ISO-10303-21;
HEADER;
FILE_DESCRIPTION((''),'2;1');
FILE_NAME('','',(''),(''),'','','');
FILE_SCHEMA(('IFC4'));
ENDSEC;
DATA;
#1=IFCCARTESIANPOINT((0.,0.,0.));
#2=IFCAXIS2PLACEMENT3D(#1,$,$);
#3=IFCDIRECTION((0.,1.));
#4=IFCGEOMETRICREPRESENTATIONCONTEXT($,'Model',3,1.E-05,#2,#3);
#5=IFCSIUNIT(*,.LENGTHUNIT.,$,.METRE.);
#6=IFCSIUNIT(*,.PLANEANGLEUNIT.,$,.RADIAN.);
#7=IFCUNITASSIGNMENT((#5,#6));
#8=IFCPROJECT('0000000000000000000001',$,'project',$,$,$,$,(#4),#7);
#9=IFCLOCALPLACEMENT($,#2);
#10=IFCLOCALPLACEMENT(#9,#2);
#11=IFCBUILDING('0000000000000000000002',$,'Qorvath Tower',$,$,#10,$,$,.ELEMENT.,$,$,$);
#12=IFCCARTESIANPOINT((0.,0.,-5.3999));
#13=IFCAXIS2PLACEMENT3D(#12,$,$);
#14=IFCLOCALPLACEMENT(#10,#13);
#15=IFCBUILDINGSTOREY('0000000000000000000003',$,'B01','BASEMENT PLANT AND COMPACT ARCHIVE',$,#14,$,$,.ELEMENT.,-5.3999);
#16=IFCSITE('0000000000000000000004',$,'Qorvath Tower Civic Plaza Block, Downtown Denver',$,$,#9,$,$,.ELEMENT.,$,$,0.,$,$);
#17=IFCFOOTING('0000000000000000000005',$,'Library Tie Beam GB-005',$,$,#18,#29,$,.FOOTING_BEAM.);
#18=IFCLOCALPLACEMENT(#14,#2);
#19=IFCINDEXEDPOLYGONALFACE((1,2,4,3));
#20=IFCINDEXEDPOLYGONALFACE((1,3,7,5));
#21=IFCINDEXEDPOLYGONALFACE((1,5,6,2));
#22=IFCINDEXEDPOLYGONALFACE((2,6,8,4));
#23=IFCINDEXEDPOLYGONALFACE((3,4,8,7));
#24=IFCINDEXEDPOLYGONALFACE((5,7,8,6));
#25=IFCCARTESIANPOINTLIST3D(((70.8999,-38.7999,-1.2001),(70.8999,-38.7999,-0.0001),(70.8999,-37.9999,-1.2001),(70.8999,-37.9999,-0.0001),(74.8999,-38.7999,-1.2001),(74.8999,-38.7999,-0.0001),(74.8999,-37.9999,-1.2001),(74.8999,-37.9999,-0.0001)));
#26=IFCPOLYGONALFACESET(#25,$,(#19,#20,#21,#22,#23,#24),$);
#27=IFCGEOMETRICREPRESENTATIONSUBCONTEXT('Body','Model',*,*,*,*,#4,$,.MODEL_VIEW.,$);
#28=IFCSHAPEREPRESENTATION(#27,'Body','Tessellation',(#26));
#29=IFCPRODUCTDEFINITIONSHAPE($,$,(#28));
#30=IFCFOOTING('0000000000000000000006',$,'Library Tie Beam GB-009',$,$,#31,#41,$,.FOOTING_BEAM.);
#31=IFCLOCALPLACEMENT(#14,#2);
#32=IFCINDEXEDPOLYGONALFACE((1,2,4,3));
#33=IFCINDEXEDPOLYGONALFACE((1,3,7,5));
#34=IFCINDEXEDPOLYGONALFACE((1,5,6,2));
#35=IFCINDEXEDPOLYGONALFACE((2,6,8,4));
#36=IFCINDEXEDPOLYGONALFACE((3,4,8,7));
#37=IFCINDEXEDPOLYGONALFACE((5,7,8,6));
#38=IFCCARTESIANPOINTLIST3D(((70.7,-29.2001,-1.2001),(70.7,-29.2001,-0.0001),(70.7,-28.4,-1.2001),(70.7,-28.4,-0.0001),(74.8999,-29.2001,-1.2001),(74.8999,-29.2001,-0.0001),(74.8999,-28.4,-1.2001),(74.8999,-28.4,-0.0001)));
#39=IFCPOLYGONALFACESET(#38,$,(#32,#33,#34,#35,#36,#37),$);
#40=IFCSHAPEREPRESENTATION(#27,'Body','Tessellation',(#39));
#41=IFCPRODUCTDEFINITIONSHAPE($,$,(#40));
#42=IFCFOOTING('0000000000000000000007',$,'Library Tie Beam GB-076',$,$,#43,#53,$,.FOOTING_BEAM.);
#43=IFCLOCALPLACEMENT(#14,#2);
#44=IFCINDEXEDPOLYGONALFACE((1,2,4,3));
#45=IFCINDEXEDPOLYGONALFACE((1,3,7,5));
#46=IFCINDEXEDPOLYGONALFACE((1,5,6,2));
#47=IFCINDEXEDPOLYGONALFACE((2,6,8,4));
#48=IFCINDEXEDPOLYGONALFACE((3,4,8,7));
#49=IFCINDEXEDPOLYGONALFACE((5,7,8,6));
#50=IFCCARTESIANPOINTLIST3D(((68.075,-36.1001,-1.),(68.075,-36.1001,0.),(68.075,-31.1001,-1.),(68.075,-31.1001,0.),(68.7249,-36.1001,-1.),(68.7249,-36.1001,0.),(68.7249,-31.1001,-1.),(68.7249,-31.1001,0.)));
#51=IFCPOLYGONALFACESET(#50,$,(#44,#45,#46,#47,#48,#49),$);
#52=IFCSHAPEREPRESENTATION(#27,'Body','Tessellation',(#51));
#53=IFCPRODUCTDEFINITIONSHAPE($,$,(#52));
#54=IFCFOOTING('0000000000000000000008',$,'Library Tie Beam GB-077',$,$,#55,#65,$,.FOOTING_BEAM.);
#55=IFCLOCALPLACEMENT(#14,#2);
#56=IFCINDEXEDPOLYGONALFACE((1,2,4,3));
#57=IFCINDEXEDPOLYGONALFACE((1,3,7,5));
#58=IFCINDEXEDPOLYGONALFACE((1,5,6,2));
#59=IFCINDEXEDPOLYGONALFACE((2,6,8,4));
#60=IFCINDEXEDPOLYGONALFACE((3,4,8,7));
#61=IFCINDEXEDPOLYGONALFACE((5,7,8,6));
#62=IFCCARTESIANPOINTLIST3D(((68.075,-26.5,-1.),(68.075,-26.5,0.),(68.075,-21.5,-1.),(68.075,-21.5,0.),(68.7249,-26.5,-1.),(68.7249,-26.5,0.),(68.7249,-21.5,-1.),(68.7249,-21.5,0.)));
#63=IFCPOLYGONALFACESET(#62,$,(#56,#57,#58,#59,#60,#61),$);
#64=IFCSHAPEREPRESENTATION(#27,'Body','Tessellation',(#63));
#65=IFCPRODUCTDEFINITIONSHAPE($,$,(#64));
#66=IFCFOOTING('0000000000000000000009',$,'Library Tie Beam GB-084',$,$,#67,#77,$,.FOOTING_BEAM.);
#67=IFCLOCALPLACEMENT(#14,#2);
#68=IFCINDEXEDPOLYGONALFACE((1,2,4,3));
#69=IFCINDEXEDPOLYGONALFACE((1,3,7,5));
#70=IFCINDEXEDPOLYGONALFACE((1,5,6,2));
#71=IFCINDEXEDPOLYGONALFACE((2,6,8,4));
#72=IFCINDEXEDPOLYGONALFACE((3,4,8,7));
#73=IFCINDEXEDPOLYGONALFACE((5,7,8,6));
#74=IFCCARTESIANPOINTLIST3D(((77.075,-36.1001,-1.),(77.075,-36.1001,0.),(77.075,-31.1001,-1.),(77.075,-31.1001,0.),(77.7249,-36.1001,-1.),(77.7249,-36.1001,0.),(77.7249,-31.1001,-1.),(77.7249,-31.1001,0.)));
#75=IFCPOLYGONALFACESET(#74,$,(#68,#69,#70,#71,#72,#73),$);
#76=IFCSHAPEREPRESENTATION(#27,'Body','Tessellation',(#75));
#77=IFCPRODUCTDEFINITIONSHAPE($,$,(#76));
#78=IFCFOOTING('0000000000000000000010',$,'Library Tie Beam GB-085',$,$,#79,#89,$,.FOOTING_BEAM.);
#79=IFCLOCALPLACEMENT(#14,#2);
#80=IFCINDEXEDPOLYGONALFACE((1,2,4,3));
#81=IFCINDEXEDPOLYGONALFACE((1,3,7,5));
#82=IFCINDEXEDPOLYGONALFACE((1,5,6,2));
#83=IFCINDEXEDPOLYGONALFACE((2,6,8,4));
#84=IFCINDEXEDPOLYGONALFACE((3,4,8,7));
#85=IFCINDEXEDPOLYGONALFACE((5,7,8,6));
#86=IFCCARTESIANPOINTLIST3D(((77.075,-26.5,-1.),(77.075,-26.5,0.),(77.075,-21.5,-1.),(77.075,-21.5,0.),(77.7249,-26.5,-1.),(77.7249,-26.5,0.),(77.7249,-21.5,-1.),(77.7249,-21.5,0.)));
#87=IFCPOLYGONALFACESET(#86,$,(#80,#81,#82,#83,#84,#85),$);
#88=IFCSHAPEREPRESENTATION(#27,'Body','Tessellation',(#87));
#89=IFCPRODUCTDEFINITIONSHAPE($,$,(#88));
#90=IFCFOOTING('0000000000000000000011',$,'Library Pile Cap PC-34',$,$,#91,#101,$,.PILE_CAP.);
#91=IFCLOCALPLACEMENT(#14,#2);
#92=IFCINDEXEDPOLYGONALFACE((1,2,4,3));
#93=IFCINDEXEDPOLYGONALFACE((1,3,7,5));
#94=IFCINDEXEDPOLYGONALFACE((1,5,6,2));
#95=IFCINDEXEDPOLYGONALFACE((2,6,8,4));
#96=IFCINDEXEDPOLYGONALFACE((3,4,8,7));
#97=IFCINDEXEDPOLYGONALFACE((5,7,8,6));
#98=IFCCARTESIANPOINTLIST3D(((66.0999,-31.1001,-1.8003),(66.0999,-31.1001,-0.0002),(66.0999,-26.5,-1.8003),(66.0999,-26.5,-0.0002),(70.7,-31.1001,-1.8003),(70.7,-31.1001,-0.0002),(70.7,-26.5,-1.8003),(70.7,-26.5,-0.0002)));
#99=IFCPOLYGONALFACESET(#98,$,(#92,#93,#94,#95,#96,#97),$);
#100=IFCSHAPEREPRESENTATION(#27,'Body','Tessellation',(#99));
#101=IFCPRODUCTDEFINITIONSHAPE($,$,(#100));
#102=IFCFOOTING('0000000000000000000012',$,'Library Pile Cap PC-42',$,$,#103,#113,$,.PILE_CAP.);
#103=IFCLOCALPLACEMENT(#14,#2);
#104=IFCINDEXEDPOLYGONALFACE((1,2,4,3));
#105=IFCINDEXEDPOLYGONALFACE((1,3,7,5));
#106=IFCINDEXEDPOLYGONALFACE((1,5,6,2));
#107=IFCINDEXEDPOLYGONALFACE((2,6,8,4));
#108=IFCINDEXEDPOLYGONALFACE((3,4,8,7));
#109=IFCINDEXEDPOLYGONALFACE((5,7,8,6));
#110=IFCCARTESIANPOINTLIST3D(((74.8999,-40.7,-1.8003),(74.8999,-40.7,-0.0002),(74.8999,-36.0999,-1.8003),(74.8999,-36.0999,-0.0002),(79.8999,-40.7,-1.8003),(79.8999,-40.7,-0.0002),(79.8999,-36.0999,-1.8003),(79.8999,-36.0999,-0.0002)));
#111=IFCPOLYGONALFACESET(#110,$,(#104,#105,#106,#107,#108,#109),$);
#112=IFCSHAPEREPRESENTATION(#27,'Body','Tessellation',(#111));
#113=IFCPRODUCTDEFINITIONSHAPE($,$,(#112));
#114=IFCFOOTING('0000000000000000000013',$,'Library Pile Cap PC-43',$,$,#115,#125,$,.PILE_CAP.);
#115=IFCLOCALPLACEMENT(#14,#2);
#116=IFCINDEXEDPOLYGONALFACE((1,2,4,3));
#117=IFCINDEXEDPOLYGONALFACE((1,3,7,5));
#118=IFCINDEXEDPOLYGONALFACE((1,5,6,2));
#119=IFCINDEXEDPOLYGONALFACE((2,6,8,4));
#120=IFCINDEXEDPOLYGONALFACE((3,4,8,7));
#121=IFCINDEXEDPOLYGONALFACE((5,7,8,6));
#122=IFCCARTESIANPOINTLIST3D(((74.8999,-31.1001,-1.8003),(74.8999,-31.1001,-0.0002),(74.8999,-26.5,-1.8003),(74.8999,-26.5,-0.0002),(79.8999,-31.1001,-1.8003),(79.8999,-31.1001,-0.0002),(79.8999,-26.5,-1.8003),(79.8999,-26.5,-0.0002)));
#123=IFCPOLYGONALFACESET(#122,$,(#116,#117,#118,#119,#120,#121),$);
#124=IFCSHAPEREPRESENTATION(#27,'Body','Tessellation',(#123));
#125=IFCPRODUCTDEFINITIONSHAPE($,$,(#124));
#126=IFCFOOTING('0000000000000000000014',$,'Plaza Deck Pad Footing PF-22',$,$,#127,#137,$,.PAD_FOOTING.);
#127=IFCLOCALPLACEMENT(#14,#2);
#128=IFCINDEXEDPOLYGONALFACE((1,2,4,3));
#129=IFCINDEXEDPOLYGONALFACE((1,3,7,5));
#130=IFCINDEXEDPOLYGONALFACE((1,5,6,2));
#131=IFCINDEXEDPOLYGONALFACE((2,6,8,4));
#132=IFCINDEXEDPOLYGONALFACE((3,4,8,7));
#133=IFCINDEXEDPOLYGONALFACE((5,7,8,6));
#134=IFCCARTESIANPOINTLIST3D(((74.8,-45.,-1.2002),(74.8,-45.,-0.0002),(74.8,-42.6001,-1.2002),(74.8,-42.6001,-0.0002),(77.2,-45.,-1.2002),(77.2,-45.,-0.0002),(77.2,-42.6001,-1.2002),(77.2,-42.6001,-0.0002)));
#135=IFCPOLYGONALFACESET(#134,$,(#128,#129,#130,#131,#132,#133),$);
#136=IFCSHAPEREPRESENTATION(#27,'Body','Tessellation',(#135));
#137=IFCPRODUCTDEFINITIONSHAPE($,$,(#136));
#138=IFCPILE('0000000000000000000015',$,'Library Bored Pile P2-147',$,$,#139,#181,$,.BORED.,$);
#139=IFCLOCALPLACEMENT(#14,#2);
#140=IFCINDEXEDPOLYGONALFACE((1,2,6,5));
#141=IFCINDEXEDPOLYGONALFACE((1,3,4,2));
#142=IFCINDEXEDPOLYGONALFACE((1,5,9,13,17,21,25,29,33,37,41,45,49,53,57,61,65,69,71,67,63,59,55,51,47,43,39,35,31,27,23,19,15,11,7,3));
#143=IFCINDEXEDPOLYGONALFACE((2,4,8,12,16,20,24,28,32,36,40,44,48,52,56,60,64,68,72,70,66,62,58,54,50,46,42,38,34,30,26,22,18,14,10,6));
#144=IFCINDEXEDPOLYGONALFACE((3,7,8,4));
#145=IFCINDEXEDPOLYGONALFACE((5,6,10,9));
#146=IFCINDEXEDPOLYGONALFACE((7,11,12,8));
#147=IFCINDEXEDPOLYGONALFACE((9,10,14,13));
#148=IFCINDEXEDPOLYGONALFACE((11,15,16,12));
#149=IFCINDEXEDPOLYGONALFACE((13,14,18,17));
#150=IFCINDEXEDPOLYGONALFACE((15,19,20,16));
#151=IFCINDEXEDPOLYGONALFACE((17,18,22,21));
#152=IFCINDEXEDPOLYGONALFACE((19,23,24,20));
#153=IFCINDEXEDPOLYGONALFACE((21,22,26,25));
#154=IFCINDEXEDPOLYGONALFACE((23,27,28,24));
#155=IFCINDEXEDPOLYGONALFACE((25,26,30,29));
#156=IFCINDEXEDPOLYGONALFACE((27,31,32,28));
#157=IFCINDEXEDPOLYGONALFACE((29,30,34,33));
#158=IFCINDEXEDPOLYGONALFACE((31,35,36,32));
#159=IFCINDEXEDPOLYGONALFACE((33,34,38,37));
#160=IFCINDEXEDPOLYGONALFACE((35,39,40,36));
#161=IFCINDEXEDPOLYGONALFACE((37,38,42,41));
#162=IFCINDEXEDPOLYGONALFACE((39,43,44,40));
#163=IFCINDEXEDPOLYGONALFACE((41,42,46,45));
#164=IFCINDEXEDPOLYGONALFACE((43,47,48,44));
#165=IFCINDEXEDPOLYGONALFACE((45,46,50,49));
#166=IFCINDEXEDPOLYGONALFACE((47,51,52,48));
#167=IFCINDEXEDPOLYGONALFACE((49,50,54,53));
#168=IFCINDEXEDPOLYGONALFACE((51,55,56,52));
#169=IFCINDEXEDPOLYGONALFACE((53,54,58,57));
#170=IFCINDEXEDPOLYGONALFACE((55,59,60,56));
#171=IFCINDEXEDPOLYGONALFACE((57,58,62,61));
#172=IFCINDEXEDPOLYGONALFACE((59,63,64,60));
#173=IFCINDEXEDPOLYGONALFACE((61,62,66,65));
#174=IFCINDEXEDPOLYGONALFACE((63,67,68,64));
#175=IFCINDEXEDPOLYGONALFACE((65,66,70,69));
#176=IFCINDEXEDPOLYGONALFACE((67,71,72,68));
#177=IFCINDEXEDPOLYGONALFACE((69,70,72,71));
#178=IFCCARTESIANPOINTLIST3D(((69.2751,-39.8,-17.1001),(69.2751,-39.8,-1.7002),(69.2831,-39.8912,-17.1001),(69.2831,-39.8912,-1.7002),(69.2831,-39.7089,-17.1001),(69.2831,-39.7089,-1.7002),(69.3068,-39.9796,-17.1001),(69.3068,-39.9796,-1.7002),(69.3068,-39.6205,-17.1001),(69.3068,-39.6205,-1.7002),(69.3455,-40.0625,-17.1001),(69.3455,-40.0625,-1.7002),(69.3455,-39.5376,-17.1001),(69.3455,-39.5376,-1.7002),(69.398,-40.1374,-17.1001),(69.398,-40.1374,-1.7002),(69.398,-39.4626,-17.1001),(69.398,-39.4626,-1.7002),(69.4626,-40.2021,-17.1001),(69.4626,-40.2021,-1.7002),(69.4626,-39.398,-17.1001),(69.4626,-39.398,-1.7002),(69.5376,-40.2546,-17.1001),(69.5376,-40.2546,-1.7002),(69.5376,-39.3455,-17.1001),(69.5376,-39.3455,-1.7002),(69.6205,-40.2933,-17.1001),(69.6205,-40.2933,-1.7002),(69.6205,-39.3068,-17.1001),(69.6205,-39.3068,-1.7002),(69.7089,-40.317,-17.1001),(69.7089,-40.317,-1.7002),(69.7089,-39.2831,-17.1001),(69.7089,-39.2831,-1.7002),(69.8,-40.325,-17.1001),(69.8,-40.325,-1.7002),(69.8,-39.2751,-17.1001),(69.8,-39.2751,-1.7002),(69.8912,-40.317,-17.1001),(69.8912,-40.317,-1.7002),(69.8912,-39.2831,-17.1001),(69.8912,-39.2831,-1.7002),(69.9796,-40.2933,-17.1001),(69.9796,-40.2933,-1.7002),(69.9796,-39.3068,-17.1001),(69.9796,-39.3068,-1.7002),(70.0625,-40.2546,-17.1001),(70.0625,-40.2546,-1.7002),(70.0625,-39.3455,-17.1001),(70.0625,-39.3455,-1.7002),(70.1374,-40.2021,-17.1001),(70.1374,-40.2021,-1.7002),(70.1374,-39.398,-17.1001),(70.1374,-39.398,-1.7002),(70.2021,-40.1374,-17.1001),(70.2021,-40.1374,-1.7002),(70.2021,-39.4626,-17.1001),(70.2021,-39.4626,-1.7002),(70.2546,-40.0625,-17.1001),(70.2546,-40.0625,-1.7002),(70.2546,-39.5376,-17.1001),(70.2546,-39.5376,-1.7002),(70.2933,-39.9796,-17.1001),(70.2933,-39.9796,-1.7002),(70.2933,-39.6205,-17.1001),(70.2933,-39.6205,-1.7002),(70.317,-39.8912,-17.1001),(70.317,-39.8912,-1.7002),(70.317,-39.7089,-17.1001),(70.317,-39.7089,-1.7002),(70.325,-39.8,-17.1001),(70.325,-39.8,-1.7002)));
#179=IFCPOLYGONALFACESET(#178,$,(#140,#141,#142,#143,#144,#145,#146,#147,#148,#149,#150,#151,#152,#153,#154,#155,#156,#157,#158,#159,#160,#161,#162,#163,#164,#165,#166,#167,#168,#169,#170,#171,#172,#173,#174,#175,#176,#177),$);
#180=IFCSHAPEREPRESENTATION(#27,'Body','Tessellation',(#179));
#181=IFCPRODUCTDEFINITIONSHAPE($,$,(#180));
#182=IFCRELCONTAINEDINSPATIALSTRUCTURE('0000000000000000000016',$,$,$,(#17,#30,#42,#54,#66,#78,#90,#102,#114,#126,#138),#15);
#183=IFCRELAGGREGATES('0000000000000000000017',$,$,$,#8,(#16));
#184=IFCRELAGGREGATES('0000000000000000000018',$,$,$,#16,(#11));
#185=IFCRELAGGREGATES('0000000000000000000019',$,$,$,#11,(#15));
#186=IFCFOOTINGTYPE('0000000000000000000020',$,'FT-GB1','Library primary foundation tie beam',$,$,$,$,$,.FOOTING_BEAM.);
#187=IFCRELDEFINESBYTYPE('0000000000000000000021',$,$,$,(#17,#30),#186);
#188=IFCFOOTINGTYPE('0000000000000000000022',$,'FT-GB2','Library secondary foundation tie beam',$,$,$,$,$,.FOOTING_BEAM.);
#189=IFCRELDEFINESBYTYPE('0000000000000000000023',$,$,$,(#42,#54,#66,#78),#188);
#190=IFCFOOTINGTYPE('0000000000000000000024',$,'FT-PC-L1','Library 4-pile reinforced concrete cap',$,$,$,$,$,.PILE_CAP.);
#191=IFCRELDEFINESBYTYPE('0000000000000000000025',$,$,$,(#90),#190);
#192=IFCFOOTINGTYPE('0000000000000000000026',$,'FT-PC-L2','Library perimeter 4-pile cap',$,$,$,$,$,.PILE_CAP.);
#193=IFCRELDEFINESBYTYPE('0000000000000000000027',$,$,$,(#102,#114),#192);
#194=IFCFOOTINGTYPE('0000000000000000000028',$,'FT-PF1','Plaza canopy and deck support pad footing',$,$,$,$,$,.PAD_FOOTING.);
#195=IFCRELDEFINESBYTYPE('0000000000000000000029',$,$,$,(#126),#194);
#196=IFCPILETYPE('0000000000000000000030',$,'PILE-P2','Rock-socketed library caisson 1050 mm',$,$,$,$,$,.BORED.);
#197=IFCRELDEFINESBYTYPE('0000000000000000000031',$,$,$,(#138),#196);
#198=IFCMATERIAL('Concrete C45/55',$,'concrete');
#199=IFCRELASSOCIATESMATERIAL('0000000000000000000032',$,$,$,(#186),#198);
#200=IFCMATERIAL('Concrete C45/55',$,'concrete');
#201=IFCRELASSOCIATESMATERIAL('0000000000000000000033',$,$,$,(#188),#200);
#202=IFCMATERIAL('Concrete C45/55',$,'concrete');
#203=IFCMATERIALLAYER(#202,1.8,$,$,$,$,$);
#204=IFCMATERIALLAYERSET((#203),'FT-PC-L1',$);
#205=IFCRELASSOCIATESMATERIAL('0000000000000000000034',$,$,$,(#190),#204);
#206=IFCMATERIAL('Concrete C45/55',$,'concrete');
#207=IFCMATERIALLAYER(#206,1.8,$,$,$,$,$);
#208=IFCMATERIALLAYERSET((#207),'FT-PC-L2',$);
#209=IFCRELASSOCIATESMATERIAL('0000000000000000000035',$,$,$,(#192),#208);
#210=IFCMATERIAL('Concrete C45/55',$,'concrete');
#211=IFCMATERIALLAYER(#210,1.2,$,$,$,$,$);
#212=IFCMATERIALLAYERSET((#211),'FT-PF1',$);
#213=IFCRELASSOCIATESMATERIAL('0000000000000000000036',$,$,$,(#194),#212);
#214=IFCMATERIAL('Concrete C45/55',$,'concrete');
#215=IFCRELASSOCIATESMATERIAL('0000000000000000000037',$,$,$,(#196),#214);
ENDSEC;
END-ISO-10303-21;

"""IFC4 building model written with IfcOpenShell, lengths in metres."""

from ifc_helpers import new_model, si_unit, direction, frame, origin, origin_2d, place, context, subcontext, project, spatial, rectangle, circle, extrude, material, layer, layer_set, material_profile, profile_set, type_object, element, save


model = new_model("IFC4")

# Units and contexts
model_context = context("Model", 3, precision=1e-05, world=origin(), true_north=direction((0.0, 1.0)))
body_context = subcontext(model_context, "Body", "Model", "MODEL_VIEW")
ifc_project = project(units=[si_unit("LENGTHUNIT", "METRE"), si_unit("PLANEANGLEUNIT", "RADIAN")], contexts=[model_context])

# Site, building, storey
site_placement = place(None, origin())
site = spatial("IfcSite", under=ifc_project, at=site_placement, Name="Qorvath Tower Civic Plaza Block, Downtown Denver", CompositionType="ELEMENT", RefElevation=0.0)
building_placement = place(site_placement, origin())
building = spatial("IfcBuilding", under=site, at=building_placement, Name="Qorvath Tower", CompositionType="ELEMENT")
storey_placement = place(building_placement, frame((0.0, 0.0, -5.3999)))
storey = spatial("IfcBuildingStorey", under=building, at=storey_placement, Name="B01", Description="BASEMENT PLANT AND COMPACT ARCHIVE", CompositionType="ELEMENT", Elevation=-5.3999)

# Footings
ifc_material_1 = material(Name="Concrete C45/55", Category="concrete")
ifc_material_profile_1 = material_profile(ifc_material_1, rectangle(XDim=0.8, YDim=1.2, at=origin_2d()), Name="GB 800x1200")
ifc_profile_set_1 = profile_set([ifc_material_profile_1], Name="Concrete C45/55")
footing_type_1 = type_object("IfcFootingType", Name="FT-GB1", Description="Library primary foundation tie beam", PredefinedType="FOOTING_BEAM", material=ifc_profile_set_1)
footing_1_placement = place(storey_placement, frame((70.8999, -38.3999, -0.6001), z_axis=(1.0, 0.0, 0.0), x_axis=(0.0, 1.0, 0.0)))
element("IfcFooting", 1, at=footing_1_placement, inside=storey, type_object=footing_type_1, Name="Library Tie Beam GB-005", PredefinedType="FOOTING_BEAM", context=body_context, shape_type="SweptSolid", body=[
    extrude(rectangle(XDim=0.8, YDim=1.2, at=origin_2d()), origin(), (0.0, 0.0, 1.0), 4.0),
])
footing_2_placement = place(storey_placement, frame((70.7, -28.8, -0.6001), z_axis=(1.0, 0.0, 0.0), x_axis=(0.0, 1.0, 0.0)))
element("IfcFooting", 2, at=footing_2_placement, inside=storey, type_object=footing_type_1, Name="Library Tie Beam GB-009", PredefinedType="FOOTING_BEAM", context=body_context, shape_type="SweptSolid", body=[
    extrude(rectangle(XDim=0.8, YDim=1.2, at=origin_2d()), origin(), (0.0, 0.0, 1.0), 4.2),
])
ifc_material_2 = material(Name="Concrete C45/55", Category="concrete")
ifc_material_profile_2 = material_profile(ifc_material_2, rectangle(XDim=0.6499, YDim=1.0, at=origin_2d()), Name="GB 650x1000")
ifc_profile_set_2 = profile_set([ifc_material_profile_2], Name="Concrete C45/55")
footing_type_2 = type_object("IfcFootingType", Name="FT-GB2", Description="Library secondary foundation tie beam", PredefinedType="FOOTING_BEAM", material=ifc_profile_set_2)
for number, where, z_axis, x_axis, name in (
    (3, (68.3999, -36.1001, -0.5), (0.0, 1.0, 0.0), (-1.0, 0.0, 0.0), "Library Tie Beam GB-076"),
    (4, (68.3999, -26.5, -0.5), (0.0, 1.0, 0.0), (-1.0, 0.0, 0.0), "Library Tie Beam GB-077"),
    (5, (77.3999, -36.1001, -0.5), (0.0, 1.0, 0.0), (-1.0, 0.0, 0.0), "Library Tie Beam GB-084"),
    (6, (77.3999, -26.5, -0.5), (0.0, 1.0, 0.0), (-1.0, 0.0, 0.0), "Library Tie Beam GB-085"),
):
    element("IfcFooting", number, at=place(storey_placement, frame(where, z_axis=z_axis, x_axis=x_axis)), inside=storey, type_object=footing_type_2, Name=name, PredefinedType="FOOTING_BEAM", context=body_context, shape_type="SweptSolid", body=[
        extrude(rectangle(XDim=0.6499, YDim=1.0, at=origin_2d()), origin(), (0.0, 0.0, 1.0), 5.0),
    ])
ifc_material_3 = material(Name="Concrete C45/55", Category="concrete")
ifc_layer_1 = layer(ifc_material_3, 1.8)
ifc_layer_set_1 = layer_set([ifc_layer_1], Name="FT-PC-L1")
footing_type_3 = type_object("IfcFootingType", Name="FT-PC-L1", Description="Library 4-pile reinforced concrete cap", PredefinedType="PILE_CAP", material=ifc_layer_set_1)
footing_3_placement = place(storey_placement, frame((68.3999, -28.8, -1.8003), z_axis=(0.0, 0.0, 1.0), x_axis=(1.0, 0.0, 0.0)))
element("IfcFooting", 7, at=footing_3_placement, inside=storey, type_object=footing_type_3, Name="Library Pile Cap PC-34", PredefinedType="PILE_CAP", context=body_context, shape_type="SweptSolid", body=[
    extrude(rectangle(XDim=4.6001, YDim=4.6001, at=origin_2d()), origin(), (0.0, 0.0, 1.0), 1.8),
])
ifc_material_4 = material(Name="Concrete C45/55", Category="concrete")
ifc_layer_2 = layer(ifc_material_4, 1.8)
ifc_layer_set_2 = layer_set([ifc_layer_2], Name="FT-PC-L2")
footing_type_4 = type_object("IfcFootingType", Name="FT-PC-L2", Description="Library perimeter 4-pile cap", PredefinedType="PILE_CAP", material=ifc_layer_set_2)
for number, where, z_axis, x_axis, name in (
    (8, (77.3999, -38.3999, -1.8003), (0.0, 0.0, 1.0), (1.0, 0.0, 0.0), "Library Pile Cap PC-42"),
    (9, (77.3999, -28.8, -1.8003), (0.0, 0.0, 1.0), (1.0, 0.0, 0.0), "Library Pile Cap PC-43"),
):
    element("IfcFooting", number, at=place(storey_placement, frame(where, z_axis=z_axis, x_axis=x_axis)), inside=storey, type_object=footing_type_4, Name=name, PredefinedType="PILE_CAP", context=body_context, shape_type="SweptSolid", body=[
        extrude(rectangle(XDim=5.0, YDim=4.6001, at=origin_2d()), origin(), (0.0, 0.0, 1.0), 1.8),
    ])
ifc_material_5 = material(Name="Concrete C45/55", Category="concrete")
ifc_layer_3 = layer(ifc_material_5, 1.2)
ifc_layer_set_3 = layer_set([ifc_layer_3], Name="FT-PF1")
footing_type_5 = type_object("IfcFootingType", Name="FT-PF1", Description="Plaza canopy and deck support pad footing", PredefinedType="PAD_FOOTING", material=ifc_layer_set_3)
footing_4_placement = place(storey_placement, frame((76.0, -43.8, -1.2002), z_axis=(0.0, 0.0, 1.0), x_axis=(1.0, 0.0, 0.0)))
element("IfcFooting", 10, at=footing_4_placement, inside=storey, type_object=footing_type_5, Name="Plaza Deck Pad Footing PF-22", PredefinedType="PAD_FOOTING", context=body_context, shape_type="SweptSolid", body=[
    extrude(rectangle(XDim=2.3999, YDim=2.3999, at=origin_2d()), origin(), (0.0, 0.0, 1.0), 1.2),
])

# Pile
ifc_material_6 = material(Name="Concrete C45/55", Category="concrete")
ifc_material_profile_3 = material_profile(ifc_material_6, circle(Radius=0.5249, at=origin_2d()), Name="BORED PILE 1050")
ifc_profile_set_3 = profile_set([ifc_material_profile_3], Name="Concrete C45/55")
pile_type = type_object("IfcPileType", Name="PILE-P2", Description="Rock-socketed library caisson 1050 mm", PredefinedType="BORED", material=ifc_profile_set_3)
for number, where, z_axis, x_axis, name in (
    (11, (69.8, -39.8, -1.7002), (0.0, 0.0, -1.0), (1.0, 0.0, 0.0), "Library Bored Pile P2-147"),
):
    element("IfcPile", number, at=place(storey_placement, frame(where, z_axis=z_axis, x_axis=x_axis)), inside=storey, type_object=pile_type, Name=name, PredefinedType="BORED", context=body_context, shape_type="SweptSolid", body=[
        extrude(circle(Radius=0.5249, at=origin_2d()), origin(), (0.0, 0.0, 1.0), 15.3999),
    ])

save(model, "model.ifc")
